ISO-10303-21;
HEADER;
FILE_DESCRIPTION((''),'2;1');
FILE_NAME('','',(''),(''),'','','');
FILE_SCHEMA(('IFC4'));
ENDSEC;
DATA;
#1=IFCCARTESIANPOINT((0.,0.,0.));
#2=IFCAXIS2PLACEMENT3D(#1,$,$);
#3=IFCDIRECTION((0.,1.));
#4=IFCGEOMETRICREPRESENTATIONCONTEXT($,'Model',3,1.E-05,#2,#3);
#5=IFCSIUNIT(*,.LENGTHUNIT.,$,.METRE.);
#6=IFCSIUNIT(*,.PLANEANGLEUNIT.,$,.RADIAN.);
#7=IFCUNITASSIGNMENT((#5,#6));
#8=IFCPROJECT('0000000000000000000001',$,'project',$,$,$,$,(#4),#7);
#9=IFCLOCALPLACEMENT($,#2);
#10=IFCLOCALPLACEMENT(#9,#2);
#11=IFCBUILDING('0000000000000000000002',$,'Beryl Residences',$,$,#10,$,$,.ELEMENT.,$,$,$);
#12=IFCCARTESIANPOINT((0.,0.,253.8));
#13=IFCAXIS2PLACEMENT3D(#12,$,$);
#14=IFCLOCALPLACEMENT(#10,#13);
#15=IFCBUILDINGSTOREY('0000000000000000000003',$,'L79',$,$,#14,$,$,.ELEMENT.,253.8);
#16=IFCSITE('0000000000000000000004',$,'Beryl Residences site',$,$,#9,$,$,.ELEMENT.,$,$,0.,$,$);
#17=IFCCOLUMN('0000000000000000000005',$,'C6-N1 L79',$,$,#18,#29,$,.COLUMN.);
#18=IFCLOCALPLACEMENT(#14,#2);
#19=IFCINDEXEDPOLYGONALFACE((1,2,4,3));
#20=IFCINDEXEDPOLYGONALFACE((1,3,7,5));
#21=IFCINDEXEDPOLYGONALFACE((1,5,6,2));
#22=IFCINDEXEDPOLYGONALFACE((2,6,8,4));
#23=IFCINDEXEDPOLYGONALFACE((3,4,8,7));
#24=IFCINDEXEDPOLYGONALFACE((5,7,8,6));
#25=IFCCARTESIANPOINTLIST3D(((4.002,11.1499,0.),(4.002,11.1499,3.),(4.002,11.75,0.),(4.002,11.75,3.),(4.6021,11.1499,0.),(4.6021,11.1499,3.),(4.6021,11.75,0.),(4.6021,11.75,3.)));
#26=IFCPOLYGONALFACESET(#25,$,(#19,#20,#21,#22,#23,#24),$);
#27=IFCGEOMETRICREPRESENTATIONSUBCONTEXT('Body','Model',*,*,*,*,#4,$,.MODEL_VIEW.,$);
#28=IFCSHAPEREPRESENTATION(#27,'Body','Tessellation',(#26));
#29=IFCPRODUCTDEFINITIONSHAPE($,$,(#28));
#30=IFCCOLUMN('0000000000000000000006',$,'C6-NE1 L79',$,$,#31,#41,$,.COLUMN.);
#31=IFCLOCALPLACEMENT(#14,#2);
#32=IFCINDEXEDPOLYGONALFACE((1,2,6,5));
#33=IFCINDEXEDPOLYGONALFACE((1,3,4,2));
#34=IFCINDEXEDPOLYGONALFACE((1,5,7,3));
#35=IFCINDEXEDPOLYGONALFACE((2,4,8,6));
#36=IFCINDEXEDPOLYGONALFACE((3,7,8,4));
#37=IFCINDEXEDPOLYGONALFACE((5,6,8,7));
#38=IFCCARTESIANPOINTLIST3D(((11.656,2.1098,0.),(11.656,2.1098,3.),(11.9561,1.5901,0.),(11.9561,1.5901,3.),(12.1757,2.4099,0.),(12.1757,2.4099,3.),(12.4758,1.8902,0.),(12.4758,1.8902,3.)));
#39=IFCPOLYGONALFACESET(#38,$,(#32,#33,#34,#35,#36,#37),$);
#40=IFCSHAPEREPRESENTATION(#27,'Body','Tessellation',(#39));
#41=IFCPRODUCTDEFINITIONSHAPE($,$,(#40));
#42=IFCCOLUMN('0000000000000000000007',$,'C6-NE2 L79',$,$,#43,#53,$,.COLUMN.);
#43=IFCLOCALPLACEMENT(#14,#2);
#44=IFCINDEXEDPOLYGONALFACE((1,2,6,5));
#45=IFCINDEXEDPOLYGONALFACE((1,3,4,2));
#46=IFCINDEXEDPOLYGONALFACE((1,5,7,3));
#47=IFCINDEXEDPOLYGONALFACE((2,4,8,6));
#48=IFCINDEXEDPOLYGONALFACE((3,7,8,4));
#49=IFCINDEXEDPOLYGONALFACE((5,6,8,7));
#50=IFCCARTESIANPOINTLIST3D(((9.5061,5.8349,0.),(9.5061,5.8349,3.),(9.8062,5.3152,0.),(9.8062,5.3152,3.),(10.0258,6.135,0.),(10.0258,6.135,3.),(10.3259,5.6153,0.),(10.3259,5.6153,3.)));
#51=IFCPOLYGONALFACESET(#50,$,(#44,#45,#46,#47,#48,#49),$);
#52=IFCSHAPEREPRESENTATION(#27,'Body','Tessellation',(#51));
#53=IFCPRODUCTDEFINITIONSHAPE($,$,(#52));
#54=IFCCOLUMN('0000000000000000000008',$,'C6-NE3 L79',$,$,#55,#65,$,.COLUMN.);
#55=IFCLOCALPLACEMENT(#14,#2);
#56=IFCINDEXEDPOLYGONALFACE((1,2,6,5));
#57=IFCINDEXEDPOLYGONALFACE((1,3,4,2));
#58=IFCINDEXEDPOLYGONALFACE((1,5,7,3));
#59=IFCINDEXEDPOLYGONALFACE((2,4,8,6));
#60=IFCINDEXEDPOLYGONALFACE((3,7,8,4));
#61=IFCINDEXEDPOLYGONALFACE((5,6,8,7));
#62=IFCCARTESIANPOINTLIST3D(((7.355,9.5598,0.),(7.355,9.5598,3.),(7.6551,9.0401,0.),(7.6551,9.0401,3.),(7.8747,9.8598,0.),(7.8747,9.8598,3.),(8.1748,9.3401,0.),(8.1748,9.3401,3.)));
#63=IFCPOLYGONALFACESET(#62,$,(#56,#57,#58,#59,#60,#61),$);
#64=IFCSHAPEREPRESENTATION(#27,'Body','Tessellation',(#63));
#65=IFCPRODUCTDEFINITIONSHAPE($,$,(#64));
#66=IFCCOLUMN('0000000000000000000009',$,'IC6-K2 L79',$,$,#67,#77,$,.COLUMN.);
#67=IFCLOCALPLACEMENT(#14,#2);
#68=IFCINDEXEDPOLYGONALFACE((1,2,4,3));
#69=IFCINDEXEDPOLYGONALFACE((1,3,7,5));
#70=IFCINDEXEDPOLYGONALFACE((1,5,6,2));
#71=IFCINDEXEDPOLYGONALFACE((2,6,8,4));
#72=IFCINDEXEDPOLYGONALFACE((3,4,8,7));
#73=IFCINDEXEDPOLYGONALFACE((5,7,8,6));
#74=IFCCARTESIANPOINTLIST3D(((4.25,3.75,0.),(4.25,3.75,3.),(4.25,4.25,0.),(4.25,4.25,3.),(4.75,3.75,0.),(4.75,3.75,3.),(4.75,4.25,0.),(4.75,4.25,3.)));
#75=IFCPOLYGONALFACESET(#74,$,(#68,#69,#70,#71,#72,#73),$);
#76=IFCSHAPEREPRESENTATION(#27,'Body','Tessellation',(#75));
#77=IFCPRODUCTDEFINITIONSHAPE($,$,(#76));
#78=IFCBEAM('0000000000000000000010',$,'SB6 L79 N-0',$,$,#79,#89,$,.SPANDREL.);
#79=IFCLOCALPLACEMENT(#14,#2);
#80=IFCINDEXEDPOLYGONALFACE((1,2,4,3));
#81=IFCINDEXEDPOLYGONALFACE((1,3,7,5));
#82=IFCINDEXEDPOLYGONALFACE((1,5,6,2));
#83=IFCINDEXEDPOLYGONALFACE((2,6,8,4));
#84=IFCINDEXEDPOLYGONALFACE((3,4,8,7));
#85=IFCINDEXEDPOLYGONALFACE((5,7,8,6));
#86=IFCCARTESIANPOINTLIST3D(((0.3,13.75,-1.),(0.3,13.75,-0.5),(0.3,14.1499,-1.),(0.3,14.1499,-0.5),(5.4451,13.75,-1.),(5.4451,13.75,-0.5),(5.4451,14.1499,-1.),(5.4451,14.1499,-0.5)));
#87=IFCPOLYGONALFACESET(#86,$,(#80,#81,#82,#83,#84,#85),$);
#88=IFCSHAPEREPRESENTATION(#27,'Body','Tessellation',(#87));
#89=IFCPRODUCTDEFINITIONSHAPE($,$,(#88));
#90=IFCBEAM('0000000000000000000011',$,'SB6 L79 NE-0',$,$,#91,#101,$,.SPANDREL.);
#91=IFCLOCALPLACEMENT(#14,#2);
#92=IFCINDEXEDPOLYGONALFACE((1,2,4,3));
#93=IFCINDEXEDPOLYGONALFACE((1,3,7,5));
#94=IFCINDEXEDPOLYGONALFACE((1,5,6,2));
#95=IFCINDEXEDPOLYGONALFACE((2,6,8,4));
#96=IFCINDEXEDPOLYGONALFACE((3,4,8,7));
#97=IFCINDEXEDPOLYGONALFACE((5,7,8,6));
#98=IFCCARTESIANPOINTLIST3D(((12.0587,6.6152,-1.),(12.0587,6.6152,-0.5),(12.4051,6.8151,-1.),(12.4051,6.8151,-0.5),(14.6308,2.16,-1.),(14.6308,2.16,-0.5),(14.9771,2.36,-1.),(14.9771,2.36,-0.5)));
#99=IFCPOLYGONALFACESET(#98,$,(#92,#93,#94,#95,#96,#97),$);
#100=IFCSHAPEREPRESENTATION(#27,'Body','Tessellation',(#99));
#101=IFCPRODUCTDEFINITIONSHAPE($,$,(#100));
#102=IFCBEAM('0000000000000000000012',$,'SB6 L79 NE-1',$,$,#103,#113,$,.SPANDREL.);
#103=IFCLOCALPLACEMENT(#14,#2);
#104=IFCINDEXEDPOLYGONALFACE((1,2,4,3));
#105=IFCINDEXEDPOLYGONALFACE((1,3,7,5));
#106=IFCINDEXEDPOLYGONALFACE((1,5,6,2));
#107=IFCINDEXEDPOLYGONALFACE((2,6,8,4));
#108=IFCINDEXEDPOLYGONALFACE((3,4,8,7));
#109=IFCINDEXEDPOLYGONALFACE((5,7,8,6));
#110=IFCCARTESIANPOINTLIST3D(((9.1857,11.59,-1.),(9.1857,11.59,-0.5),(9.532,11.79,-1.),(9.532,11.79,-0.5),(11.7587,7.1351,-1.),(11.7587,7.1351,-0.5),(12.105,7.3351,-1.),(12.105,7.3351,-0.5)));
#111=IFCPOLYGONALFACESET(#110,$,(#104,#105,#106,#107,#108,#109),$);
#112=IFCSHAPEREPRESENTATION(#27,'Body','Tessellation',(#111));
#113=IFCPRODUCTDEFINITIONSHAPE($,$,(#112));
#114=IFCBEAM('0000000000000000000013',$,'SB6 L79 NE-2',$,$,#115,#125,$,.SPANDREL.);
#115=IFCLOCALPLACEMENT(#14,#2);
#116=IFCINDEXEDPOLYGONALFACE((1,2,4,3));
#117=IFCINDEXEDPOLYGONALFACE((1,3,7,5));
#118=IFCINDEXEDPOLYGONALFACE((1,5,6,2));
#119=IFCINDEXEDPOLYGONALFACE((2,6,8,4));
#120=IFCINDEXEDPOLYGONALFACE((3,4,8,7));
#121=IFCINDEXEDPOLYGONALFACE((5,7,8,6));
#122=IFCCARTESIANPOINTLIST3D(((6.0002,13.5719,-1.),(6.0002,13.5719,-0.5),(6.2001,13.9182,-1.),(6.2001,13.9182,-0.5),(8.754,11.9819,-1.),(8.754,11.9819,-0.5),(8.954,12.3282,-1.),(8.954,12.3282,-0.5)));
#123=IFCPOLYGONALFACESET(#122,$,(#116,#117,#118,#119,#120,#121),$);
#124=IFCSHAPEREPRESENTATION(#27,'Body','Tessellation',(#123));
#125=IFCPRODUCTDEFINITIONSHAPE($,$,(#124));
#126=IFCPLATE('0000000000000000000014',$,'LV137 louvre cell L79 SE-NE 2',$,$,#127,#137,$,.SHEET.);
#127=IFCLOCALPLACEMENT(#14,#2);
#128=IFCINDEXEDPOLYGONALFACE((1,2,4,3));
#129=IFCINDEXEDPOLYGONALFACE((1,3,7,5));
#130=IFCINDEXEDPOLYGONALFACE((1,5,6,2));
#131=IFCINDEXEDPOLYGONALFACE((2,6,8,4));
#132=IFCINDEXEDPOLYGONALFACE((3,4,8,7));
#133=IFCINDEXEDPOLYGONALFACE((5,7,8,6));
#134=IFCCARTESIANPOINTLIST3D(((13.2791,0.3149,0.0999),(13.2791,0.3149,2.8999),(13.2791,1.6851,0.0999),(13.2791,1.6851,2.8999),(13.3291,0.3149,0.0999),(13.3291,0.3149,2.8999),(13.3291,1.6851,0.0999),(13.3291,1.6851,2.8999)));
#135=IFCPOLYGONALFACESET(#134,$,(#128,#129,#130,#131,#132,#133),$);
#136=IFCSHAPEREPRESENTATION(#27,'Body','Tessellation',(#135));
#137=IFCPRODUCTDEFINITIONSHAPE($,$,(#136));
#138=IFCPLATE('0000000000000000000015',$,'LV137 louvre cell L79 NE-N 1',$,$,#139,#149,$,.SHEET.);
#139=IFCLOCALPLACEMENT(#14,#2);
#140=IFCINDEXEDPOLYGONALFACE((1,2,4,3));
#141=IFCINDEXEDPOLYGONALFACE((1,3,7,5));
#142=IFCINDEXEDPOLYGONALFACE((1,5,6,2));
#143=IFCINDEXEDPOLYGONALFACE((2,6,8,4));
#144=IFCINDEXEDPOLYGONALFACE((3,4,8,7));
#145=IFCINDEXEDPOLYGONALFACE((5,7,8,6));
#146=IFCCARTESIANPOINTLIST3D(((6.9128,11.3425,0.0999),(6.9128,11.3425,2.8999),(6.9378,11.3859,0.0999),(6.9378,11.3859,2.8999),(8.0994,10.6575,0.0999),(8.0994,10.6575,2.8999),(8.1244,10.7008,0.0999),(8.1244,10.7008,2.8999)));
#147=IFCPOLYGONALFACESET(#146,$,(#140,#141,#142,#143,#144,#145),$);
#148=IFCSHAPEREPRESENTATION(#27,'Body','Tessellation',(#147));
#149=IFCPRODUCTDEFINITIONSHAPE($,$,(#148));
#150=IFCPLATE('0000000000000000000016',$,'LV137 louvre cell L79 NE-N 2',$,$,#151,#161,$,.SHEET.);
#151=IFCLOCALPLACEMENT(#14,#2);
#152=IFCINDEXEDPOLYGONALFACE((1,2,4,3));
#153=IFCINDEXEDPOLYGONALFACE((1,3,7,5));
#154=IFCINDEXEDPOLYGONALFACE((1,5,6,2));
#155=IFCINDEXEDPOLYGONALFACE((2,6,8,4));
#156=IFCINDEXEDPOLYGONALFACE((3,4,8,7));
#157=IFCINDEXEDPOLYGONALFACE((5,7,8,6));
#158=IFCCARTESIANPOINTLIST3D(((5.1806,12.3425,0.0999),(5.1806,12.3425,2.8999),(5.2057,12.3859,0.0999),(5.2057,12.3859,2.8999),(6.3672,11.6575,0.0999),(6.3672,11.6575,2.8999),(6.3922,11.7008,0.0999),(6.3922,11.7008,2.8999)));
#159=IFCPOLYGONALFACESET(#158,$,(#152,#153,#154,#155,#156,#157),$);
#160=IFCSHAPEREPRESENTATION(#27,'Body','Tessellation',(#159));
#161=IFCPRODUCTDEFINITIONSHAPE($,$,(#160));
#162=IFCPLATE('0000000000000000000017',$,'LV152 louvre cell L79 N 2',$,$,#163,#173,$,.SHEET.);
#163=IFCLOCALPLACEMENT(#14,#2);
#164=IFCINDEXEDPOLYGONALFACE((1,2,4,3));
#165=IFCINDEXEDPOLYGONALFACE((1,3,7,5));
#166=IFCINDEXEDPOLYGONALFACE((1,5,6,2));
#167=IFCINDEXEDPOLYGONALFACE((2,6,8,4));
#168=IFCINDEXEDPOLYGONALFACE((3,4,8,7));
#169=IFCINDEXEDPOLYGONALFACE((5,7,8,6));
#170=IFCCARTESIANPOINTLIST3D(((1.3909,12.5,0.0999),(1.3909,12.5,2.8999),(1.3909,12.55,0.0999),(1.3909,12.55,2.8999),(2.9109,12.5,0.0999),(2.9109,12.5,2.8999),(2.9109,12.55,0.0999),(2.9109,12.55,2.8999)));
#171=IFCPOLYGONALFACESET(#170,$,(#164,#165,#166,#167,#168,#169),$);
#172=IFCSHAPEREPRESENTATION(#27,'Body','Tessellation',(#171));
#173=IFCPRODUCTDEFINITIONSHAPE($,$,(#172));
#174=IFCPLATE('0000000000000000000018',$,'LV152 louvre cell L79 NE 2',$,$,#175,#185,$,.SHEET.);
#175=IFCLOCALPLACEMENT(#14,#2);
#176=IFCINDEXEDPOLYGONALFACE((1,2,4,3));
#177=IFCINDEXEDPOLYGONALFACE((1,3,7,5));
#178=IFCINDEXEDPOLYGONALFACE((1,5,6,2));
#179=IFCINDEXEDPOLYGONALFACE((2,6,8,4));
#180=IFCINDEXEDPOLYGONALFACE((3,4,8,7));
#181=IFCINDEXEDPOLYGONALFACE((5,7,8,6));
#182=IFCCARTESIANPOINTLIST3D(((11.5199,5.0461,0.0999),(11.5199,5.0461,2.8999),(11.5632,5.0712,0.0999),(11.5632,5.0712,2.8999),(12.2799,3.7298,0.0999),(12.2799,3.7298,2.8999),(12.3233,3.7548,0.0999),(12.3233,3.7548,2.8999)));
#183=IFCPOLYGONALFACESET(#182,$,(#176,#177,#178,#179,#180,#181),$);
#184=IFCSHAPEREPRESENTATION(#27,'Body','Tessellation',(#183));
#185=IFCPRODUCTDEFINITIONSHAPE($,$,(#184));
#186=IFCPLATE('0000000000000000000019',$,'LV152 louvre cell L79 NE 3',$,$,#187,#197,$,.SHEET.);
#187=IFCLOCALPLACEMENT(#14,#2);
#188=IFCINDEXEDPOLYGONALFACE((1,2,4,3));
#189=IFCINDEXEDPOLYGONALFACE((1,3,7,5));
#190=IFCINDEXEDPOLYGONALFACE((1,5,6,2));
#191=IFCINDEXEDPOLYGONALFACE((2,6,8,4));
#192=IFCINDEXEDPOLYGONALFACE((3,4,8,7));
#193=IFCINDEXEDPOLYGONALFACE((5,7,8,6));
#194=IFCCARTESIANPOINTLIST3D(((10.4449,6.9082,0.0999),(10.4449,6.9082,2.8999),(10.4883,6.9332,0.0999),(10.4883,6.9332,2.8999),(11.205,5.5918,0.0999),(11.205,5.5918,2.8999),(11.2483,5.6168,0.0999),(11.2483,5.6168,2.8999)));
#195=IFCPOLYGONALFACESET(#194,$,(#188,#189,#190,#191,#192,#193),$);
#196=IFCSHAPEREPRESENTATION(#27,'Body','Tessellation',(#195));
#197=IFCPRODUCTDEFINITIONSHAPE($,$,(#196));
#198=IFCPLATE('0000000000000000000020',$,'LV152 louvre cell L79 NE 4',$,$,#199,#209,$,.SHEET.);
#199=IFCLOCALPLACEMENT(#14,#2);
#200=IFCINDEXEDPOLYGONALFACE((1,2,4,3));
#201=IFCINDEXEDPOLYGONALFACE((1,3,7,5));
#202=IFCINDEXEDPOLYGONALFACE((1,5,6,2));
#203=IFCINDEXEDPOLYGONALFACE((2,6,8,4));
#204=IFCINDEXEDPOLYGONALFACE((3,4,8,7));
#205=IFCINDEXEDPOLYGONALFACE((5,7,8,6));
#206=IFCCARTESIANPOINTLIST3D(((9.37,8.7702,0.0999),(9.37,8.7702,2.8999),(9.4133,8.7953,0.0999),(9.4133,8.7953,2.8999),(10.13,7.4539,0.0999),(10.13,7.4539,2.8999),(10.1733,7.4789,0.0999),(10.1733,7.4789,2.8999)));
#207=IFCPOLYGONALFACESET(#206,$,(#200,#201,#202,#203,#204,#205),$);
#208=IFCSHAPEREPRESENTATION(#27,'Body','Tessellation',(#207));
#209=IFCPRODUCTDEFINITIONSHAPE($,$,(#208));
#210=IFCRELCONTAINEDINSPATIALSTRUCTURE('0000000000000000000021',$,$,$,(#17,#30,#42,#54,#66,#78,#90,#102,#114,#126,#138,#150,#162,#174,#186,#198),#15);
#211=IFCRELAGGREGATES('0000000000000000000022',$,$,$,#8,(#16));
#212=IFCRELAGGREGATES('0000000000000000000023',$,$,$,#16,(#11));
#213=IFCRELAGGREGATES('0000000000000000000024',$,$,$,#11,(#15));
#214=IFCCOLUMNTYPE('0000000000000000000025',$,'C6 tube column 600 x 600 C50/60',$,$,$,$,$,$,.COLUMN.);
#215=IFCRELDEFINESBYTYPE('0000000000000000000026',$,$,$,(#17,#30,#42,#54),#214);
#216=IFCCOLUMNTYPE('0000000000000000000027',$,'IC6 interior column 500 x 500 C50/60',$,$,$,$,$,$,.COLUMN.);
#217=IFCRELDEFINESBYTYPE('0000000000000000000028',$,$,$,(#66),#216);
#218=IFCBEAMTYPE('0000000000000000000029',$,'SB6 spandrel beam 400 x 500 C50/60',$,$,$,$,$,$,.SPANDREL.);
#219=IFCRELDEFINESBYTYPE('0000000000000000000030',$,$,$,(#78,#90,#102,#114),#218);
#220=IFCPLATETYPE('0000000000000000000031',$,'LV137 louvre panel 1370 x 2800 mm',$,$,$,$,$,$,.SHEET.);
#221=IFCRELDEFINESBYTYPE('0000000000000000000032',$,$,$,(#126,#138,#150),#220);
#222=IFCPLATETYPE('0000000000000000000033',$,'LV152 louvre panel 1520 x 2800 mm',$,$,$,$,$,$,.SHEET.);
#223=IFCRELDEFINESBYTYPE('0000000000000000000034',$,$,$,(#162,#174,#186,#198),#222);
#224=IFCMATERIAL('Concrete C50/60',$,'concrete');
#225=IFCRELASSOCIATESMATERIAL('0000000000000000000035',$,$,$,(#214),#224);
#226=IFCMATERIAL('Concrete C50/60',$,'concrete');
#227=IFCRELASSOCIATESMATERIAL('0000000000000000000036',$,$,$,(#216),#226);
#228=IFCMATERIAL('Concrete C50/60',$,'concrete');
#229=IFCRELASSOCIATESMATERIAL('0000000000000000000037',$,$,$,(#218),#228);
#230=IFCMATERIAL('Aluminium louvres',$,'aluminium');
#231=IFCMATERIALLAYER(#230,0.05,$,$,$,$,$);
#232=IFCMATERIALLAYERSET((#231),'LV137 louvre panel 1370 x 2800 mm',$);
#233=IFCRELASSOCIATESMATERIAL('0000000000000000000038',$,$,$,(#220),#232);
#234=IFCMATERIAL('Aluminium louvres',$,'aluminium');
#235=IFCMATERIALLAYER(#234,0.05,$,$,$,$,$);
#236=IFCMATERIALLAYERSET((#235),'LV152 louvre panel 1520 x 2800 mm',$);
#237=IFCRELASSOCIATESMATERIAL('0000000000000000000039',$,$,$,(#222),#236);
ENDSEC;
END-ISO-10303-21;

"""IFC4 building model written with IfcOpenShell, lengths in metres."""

from ifc_helpers import new_model, si_unit, direction, frame, origin, origin_2d, place, context, subcontext, project, spatial, polyline, rectangle, outline, extrude, source, transform, mapped, material, layer, layer_set, material_profile, profile_set, type_object, type_shapes, element, save


model = new_model("IFC4")

# Units and contexts
model_context = context("Model", 3, precision=1e-05, world=origin(), true_north=direction((0.0, 1.0)))
body_context = subcontext(model_context, "Body", "Model", "MODEL_VIEW")
ifc_project = project(units=[si_unit("LENGTHUNIT", "METRE"), si_unit("PLANEANGLEUNIT", "RADIAN")], contexts=[model_context])

# Site, building, storey
site_placement = place(None, origin())
site = spatial("IfcSite", under=ifc_project, at=site_placement, Name="Beryl Residences site", CompositionType="ELEMENT", RefElevation=0.0)
building_placement = place(site_placement, origin())
building = spatial("IfcBuilding", under=site, at=building_placement, Name="Beryl Residences", CompositionType="ELEMENT")
storey_placement = place(building_placement, frame((0.0, 0.0, 253.8)))
storey = spatial("IfcBuildingStorey", under=building, at=storey_placement, Name="L79", CompositionType="ELEMENT", Elevation=253.8)

# Columns
ifc_material_1 = material(Name="Concrete C50/60", Category="concrete")
ifc_material_profile_1 = material_profile(ifc_material_1, rectangle(XDim=0.6001, YDim=0.6001, at=origin_2d()))
ifc_profile_set_1 = profile_set([ifc_material_profile_1], Name="Concrete C50/60")
column_type_1 = type_object("IfcColumnType", Name="C6 tube column 600 x 600 C50/60", PredefinedType="COLUMN", material=ifc_profile_set_1)
for number, where, z_axis, x_axis, name in (
    (1, (4.302, 11.45, 0.0), (0.0, 0.0, 1.0), (-1.0, 0.0, 0.0), "C6-N1 L79"),
    (2, (12.0659, 2.0, 0.0), (0.0, 0.0, 1.0), (-0.5, 0.866025, 0.0), "C6-NE1 L79"),
    (3, (9.916, 5.7251, 0.0), (0.0, 0.0, 1.0), (-0.5, 0.866025, 0.0), "C6-NE2 L79"),
    (4, (7.7649, 9.45, 0.0), (0.0, 0.0, 1.0), (-0.5, 0.866025, 0.0), "C6-NE3 L79"),
):
    element("IfcColumn", number, at=place(storey_placement, frame(where, z_axis=z_axis, x_axis=x_axis)), inside=storey, type_object=column_type_1, Name=name, PredefinedType="COLUMN", context=body_context, shape_type="SweptSolid", body=[
        extrude(rectangle(XDim=0.6001, YDim=0.6001, at=origin_2d()), origin(), (0.0, 0.0, 1.0), 3.0),
    ])
ifc_material_2 = material(Name="Concrete C50/60", Category="concrete")
ifc_material_profile_2 = material_profile(ifc_material_2, rectangle(XDim=0.5, YDim=0.5, at=origin_2d()))
ifc_profile_set_2 = profile_set([ifc_material_profile_2], Name="Concrete C50/60")
column_type_2 = type_object("IfcColumnType", Name="IC6 interior column 500 x 500 C50/60", PredefinedType="COLUMN", material=ifc_profile_set_2)
column_placement = place(storey_placement, frame((4.5, 4.0, 0.0), z_axis=(0.0, 0.0, 1.0), x_axis=(1.0, 0.0, 0.0)))
element("IfcColumn", 5, at=column_placement, inside=storey, type_object=column_type_2, Name="IC6-K2 L79", PredefinedType="COLUMN", context=body_context, shape_type="SweptSolid", body=[
    extrude(rectangle(XDim=0.5, YDim=0.5, at=origin_2d()), origin(), (0.0, 0.0, 1.0), 3.0),
])

# Beams
ifc_material_3 = material(Name="Concrete C50/60", Category="concrete")
ifc_material_profile_3 = material_profile(ifc_material_3, rectangle(XDim=0.3999, YDim=0.5, at=origin_2d()))
ifc_profile_set_3 = profile_set([ifc_material_profile_3], Name="Concrete C50/60")
beam_type = type_object("IfcBeamType", Name="SB6 spandrel beam 400 x 500 C50/60", PredefinedType="SPANDREL", material=ifc_profile_set_3)
beam_1_placement = place(storey_placement, frame((5.4451, 13.95, -0.75), z_axis=(-1.0, 0.0, 0.0), x_axis=(0.0, -1.0, 0.0)))
element("IfcBeam", 6, at=beam_1_placement, inside=storey, type_object=beam_type, Name="SB6 L79 N-0", PredefinedType="SPANDREL", context=body_context, shape_type="SweptSolid", body=[
    extrude(rectangle(XDim=0.3999, YDim=0.5, at=origin_2d()), origin(), (0.0, 0.0, 1.0), 5.145),
])
beam_2_placement = place(storey_placement, frame((14.804, 2.26, -0.75), z_axis=(-0.499983, 0.866035, 0.0), x_axis=(-0.866035, -0.499983, 0.0)))
element("IfcBeam", 7, at=beam_2_placement, inside=storey, type_object=beam_type, Name="SB6 L79 NE-0", PredefinedType="SPANDREL", context=body_context, shape_type="SweptSolid", body=[
    extrude(rectangle(XDim=0.3999, YDim=0.5, at=origin_2d()), origin(), (0.0, 0.0, 1.0), 5.1443),
])
beam_3_placement = place(storey_placement, frame((11.9319, 7.2351, -0.75), z_axis=(-0.500146, 0.865941, 0.0), x_axis=(-0.865941, -0.500146, 0.0)))
element("IfcBeam", 8, at=beam_3_placement, inside=storey, type_object=beam_type, Name="SB6 L79 NE-1", PredefinedType="SPANDREL", context=body_context, shape_type="SweptSolid", body=[
    extrude(rectangle(XDim=0.3999, YDim=0.5, at=origin_2d()), origin(), (0.0, 0.0, 1.0), 5.1445),
])
beam_4_placement = place(storey_placement, frame((8.854, 12.155, -0.75), z_axis=(-0.866009, 0.500028, 0.0), x_axis=(-0.500028, -0.866009, 0.0)))
element("IfcBeam", 9, at=beam_4_placement, inside=storey, type_object=beam_type, Name="SB6 L79 NE-2", PredefinedType="SPANDREL", context=body_context, shape_type="SweptSolid", body=[
    extrude(rectangle(XDim=0.3999, YDim=0.5, at=origin_2d()), origin(), (0.0, 0.0, 1.0), 3.1799),
])

# Plates
ifc_material_4 = material(Name="Aluminium louvres", Category="aluminium")
ifc_layer_1 = layer(ifc_material_4, 0.05)
ifc_layer_set_1 = layer_set([ifc_layer_1], Name="LV137 louvre panel 1370 x 2800 mm")
plate_type_1 = type_object("IfcPlateType", Name="LV137 louvre panel 1370 x 2800 mm", PredefinedType="SHEET", material=ifc_layer_set_1)
shared_shape_1 = source(origin(), body_context, "Body", "SweptSolid", [
    extrude(outline(polyline([(-0.6851, 0.0), (0.6851, 0.0), (0.6851, 0.05), (-0.6851, 0.05), (-0.6851, 0.0)])), origin(), (0.0, 0.0, 1.0), 2.8),
])
type_shapes(plate_type_1, [shared_shape_1])
for number, where, z_axis, x_axis, name in (
    (10, (13.2791, 1.0, 0.0999), (0.0, 0.0, 1.0), (0.0, -1.0, 0.0), "LV137 louvre cell L79 SE-NE 2"),
    (11, (7.5061, 11.0, 0.0999), (0.0, 0.0, 1.0), (0.866025, -0.5, 0.0), "LV137 louvre cell L79 NE-N 1"),
    (12, (5.7739, 12.0, 0.0999), (0.0, 0.0, 1.0), (0.866025, -0.5, 0.0), "LV137 louvre cell L79 NE-N 2"),
):
    element("IfcPlate", number, at=place(storey_placement, frame(where, z_axis=z_axis, x_axis=x_axis)), inside=storey, type_object=plate_type_1, Name=name, PredefinedType="SHEET", context=body_context, shape_type="MappedRepresentation", body=[
        mapped(shared_shape_1, transform((0.0, 0.0, 0.0))),
    ])
ifc_material_5 = material(Name="Aluminium louvres", Category="aluminium")
ifc_layer_2 = layer(ifc_material_5, 0.05)
ifc_layer_set_2 = layer_set([ifc_layer_2], Name="LV152 louvre panel 1520 x 2800 mm")
plate_type_2 = type_object("IfcPlateType", Name="LV152 louvre panel 1520 x 2800 mm", PredefinedType="SHEET", material=ifc_layer_set_2)
shared_shape_2 = source(origin(), body_context, "Body", "SweptSolid", [
    extrude(outline(polyline([(-0.76, 0.0), (0.76, 0.0), (0.76, 0.05), (-0.76, 0.05), (-0.76, 0.0)])), origin(), (0.0, 0.0, 1.0), 2.8),
])
type_shapes(plate_type_2, [shared_shape_2])
for number, where, z_axis, x_axis, name in (
    (13, (2.1509, 12.5, 0.0999), (0.0, 0.0, 1.0), (1.0, 0.0, 0.0), "LV152 louvre cell L79 N 2"),
    (14, (11.8999, 4.3879, 0.0999), (0.0, 0.0, 1.0), (0.5, -0.866025, 0.0), "LV152 louvre cell L79 NE 2"),
    (15, (10.825, 6.25, 0.0999), (0.0, 0.0, 1.0), (0.5, -0.866025, 0.0), "LV152 louvre cell L79 NE 3"),
    (16, (9.75, 8.1121, 0.0999), (0.0, 0.0, 1.0), (0.5, -0.866025, 0.0), "LV152 louvre cell L79 NE 4"),
):
    element("IfcPlate", number, at=place(storey_placement, frame(where, z_axis=z_axis, x_axis=x_axis)), inside=storey, type_object=plate_type_2, Name=name, PredefinedType="SHEET", context=body_context, shape_type="MappedRepresentation", body=[
        mapped(shared_shape_2, transform((0.0, 0.0, 0.0))),
    ])

save(model, "model.ifc")
